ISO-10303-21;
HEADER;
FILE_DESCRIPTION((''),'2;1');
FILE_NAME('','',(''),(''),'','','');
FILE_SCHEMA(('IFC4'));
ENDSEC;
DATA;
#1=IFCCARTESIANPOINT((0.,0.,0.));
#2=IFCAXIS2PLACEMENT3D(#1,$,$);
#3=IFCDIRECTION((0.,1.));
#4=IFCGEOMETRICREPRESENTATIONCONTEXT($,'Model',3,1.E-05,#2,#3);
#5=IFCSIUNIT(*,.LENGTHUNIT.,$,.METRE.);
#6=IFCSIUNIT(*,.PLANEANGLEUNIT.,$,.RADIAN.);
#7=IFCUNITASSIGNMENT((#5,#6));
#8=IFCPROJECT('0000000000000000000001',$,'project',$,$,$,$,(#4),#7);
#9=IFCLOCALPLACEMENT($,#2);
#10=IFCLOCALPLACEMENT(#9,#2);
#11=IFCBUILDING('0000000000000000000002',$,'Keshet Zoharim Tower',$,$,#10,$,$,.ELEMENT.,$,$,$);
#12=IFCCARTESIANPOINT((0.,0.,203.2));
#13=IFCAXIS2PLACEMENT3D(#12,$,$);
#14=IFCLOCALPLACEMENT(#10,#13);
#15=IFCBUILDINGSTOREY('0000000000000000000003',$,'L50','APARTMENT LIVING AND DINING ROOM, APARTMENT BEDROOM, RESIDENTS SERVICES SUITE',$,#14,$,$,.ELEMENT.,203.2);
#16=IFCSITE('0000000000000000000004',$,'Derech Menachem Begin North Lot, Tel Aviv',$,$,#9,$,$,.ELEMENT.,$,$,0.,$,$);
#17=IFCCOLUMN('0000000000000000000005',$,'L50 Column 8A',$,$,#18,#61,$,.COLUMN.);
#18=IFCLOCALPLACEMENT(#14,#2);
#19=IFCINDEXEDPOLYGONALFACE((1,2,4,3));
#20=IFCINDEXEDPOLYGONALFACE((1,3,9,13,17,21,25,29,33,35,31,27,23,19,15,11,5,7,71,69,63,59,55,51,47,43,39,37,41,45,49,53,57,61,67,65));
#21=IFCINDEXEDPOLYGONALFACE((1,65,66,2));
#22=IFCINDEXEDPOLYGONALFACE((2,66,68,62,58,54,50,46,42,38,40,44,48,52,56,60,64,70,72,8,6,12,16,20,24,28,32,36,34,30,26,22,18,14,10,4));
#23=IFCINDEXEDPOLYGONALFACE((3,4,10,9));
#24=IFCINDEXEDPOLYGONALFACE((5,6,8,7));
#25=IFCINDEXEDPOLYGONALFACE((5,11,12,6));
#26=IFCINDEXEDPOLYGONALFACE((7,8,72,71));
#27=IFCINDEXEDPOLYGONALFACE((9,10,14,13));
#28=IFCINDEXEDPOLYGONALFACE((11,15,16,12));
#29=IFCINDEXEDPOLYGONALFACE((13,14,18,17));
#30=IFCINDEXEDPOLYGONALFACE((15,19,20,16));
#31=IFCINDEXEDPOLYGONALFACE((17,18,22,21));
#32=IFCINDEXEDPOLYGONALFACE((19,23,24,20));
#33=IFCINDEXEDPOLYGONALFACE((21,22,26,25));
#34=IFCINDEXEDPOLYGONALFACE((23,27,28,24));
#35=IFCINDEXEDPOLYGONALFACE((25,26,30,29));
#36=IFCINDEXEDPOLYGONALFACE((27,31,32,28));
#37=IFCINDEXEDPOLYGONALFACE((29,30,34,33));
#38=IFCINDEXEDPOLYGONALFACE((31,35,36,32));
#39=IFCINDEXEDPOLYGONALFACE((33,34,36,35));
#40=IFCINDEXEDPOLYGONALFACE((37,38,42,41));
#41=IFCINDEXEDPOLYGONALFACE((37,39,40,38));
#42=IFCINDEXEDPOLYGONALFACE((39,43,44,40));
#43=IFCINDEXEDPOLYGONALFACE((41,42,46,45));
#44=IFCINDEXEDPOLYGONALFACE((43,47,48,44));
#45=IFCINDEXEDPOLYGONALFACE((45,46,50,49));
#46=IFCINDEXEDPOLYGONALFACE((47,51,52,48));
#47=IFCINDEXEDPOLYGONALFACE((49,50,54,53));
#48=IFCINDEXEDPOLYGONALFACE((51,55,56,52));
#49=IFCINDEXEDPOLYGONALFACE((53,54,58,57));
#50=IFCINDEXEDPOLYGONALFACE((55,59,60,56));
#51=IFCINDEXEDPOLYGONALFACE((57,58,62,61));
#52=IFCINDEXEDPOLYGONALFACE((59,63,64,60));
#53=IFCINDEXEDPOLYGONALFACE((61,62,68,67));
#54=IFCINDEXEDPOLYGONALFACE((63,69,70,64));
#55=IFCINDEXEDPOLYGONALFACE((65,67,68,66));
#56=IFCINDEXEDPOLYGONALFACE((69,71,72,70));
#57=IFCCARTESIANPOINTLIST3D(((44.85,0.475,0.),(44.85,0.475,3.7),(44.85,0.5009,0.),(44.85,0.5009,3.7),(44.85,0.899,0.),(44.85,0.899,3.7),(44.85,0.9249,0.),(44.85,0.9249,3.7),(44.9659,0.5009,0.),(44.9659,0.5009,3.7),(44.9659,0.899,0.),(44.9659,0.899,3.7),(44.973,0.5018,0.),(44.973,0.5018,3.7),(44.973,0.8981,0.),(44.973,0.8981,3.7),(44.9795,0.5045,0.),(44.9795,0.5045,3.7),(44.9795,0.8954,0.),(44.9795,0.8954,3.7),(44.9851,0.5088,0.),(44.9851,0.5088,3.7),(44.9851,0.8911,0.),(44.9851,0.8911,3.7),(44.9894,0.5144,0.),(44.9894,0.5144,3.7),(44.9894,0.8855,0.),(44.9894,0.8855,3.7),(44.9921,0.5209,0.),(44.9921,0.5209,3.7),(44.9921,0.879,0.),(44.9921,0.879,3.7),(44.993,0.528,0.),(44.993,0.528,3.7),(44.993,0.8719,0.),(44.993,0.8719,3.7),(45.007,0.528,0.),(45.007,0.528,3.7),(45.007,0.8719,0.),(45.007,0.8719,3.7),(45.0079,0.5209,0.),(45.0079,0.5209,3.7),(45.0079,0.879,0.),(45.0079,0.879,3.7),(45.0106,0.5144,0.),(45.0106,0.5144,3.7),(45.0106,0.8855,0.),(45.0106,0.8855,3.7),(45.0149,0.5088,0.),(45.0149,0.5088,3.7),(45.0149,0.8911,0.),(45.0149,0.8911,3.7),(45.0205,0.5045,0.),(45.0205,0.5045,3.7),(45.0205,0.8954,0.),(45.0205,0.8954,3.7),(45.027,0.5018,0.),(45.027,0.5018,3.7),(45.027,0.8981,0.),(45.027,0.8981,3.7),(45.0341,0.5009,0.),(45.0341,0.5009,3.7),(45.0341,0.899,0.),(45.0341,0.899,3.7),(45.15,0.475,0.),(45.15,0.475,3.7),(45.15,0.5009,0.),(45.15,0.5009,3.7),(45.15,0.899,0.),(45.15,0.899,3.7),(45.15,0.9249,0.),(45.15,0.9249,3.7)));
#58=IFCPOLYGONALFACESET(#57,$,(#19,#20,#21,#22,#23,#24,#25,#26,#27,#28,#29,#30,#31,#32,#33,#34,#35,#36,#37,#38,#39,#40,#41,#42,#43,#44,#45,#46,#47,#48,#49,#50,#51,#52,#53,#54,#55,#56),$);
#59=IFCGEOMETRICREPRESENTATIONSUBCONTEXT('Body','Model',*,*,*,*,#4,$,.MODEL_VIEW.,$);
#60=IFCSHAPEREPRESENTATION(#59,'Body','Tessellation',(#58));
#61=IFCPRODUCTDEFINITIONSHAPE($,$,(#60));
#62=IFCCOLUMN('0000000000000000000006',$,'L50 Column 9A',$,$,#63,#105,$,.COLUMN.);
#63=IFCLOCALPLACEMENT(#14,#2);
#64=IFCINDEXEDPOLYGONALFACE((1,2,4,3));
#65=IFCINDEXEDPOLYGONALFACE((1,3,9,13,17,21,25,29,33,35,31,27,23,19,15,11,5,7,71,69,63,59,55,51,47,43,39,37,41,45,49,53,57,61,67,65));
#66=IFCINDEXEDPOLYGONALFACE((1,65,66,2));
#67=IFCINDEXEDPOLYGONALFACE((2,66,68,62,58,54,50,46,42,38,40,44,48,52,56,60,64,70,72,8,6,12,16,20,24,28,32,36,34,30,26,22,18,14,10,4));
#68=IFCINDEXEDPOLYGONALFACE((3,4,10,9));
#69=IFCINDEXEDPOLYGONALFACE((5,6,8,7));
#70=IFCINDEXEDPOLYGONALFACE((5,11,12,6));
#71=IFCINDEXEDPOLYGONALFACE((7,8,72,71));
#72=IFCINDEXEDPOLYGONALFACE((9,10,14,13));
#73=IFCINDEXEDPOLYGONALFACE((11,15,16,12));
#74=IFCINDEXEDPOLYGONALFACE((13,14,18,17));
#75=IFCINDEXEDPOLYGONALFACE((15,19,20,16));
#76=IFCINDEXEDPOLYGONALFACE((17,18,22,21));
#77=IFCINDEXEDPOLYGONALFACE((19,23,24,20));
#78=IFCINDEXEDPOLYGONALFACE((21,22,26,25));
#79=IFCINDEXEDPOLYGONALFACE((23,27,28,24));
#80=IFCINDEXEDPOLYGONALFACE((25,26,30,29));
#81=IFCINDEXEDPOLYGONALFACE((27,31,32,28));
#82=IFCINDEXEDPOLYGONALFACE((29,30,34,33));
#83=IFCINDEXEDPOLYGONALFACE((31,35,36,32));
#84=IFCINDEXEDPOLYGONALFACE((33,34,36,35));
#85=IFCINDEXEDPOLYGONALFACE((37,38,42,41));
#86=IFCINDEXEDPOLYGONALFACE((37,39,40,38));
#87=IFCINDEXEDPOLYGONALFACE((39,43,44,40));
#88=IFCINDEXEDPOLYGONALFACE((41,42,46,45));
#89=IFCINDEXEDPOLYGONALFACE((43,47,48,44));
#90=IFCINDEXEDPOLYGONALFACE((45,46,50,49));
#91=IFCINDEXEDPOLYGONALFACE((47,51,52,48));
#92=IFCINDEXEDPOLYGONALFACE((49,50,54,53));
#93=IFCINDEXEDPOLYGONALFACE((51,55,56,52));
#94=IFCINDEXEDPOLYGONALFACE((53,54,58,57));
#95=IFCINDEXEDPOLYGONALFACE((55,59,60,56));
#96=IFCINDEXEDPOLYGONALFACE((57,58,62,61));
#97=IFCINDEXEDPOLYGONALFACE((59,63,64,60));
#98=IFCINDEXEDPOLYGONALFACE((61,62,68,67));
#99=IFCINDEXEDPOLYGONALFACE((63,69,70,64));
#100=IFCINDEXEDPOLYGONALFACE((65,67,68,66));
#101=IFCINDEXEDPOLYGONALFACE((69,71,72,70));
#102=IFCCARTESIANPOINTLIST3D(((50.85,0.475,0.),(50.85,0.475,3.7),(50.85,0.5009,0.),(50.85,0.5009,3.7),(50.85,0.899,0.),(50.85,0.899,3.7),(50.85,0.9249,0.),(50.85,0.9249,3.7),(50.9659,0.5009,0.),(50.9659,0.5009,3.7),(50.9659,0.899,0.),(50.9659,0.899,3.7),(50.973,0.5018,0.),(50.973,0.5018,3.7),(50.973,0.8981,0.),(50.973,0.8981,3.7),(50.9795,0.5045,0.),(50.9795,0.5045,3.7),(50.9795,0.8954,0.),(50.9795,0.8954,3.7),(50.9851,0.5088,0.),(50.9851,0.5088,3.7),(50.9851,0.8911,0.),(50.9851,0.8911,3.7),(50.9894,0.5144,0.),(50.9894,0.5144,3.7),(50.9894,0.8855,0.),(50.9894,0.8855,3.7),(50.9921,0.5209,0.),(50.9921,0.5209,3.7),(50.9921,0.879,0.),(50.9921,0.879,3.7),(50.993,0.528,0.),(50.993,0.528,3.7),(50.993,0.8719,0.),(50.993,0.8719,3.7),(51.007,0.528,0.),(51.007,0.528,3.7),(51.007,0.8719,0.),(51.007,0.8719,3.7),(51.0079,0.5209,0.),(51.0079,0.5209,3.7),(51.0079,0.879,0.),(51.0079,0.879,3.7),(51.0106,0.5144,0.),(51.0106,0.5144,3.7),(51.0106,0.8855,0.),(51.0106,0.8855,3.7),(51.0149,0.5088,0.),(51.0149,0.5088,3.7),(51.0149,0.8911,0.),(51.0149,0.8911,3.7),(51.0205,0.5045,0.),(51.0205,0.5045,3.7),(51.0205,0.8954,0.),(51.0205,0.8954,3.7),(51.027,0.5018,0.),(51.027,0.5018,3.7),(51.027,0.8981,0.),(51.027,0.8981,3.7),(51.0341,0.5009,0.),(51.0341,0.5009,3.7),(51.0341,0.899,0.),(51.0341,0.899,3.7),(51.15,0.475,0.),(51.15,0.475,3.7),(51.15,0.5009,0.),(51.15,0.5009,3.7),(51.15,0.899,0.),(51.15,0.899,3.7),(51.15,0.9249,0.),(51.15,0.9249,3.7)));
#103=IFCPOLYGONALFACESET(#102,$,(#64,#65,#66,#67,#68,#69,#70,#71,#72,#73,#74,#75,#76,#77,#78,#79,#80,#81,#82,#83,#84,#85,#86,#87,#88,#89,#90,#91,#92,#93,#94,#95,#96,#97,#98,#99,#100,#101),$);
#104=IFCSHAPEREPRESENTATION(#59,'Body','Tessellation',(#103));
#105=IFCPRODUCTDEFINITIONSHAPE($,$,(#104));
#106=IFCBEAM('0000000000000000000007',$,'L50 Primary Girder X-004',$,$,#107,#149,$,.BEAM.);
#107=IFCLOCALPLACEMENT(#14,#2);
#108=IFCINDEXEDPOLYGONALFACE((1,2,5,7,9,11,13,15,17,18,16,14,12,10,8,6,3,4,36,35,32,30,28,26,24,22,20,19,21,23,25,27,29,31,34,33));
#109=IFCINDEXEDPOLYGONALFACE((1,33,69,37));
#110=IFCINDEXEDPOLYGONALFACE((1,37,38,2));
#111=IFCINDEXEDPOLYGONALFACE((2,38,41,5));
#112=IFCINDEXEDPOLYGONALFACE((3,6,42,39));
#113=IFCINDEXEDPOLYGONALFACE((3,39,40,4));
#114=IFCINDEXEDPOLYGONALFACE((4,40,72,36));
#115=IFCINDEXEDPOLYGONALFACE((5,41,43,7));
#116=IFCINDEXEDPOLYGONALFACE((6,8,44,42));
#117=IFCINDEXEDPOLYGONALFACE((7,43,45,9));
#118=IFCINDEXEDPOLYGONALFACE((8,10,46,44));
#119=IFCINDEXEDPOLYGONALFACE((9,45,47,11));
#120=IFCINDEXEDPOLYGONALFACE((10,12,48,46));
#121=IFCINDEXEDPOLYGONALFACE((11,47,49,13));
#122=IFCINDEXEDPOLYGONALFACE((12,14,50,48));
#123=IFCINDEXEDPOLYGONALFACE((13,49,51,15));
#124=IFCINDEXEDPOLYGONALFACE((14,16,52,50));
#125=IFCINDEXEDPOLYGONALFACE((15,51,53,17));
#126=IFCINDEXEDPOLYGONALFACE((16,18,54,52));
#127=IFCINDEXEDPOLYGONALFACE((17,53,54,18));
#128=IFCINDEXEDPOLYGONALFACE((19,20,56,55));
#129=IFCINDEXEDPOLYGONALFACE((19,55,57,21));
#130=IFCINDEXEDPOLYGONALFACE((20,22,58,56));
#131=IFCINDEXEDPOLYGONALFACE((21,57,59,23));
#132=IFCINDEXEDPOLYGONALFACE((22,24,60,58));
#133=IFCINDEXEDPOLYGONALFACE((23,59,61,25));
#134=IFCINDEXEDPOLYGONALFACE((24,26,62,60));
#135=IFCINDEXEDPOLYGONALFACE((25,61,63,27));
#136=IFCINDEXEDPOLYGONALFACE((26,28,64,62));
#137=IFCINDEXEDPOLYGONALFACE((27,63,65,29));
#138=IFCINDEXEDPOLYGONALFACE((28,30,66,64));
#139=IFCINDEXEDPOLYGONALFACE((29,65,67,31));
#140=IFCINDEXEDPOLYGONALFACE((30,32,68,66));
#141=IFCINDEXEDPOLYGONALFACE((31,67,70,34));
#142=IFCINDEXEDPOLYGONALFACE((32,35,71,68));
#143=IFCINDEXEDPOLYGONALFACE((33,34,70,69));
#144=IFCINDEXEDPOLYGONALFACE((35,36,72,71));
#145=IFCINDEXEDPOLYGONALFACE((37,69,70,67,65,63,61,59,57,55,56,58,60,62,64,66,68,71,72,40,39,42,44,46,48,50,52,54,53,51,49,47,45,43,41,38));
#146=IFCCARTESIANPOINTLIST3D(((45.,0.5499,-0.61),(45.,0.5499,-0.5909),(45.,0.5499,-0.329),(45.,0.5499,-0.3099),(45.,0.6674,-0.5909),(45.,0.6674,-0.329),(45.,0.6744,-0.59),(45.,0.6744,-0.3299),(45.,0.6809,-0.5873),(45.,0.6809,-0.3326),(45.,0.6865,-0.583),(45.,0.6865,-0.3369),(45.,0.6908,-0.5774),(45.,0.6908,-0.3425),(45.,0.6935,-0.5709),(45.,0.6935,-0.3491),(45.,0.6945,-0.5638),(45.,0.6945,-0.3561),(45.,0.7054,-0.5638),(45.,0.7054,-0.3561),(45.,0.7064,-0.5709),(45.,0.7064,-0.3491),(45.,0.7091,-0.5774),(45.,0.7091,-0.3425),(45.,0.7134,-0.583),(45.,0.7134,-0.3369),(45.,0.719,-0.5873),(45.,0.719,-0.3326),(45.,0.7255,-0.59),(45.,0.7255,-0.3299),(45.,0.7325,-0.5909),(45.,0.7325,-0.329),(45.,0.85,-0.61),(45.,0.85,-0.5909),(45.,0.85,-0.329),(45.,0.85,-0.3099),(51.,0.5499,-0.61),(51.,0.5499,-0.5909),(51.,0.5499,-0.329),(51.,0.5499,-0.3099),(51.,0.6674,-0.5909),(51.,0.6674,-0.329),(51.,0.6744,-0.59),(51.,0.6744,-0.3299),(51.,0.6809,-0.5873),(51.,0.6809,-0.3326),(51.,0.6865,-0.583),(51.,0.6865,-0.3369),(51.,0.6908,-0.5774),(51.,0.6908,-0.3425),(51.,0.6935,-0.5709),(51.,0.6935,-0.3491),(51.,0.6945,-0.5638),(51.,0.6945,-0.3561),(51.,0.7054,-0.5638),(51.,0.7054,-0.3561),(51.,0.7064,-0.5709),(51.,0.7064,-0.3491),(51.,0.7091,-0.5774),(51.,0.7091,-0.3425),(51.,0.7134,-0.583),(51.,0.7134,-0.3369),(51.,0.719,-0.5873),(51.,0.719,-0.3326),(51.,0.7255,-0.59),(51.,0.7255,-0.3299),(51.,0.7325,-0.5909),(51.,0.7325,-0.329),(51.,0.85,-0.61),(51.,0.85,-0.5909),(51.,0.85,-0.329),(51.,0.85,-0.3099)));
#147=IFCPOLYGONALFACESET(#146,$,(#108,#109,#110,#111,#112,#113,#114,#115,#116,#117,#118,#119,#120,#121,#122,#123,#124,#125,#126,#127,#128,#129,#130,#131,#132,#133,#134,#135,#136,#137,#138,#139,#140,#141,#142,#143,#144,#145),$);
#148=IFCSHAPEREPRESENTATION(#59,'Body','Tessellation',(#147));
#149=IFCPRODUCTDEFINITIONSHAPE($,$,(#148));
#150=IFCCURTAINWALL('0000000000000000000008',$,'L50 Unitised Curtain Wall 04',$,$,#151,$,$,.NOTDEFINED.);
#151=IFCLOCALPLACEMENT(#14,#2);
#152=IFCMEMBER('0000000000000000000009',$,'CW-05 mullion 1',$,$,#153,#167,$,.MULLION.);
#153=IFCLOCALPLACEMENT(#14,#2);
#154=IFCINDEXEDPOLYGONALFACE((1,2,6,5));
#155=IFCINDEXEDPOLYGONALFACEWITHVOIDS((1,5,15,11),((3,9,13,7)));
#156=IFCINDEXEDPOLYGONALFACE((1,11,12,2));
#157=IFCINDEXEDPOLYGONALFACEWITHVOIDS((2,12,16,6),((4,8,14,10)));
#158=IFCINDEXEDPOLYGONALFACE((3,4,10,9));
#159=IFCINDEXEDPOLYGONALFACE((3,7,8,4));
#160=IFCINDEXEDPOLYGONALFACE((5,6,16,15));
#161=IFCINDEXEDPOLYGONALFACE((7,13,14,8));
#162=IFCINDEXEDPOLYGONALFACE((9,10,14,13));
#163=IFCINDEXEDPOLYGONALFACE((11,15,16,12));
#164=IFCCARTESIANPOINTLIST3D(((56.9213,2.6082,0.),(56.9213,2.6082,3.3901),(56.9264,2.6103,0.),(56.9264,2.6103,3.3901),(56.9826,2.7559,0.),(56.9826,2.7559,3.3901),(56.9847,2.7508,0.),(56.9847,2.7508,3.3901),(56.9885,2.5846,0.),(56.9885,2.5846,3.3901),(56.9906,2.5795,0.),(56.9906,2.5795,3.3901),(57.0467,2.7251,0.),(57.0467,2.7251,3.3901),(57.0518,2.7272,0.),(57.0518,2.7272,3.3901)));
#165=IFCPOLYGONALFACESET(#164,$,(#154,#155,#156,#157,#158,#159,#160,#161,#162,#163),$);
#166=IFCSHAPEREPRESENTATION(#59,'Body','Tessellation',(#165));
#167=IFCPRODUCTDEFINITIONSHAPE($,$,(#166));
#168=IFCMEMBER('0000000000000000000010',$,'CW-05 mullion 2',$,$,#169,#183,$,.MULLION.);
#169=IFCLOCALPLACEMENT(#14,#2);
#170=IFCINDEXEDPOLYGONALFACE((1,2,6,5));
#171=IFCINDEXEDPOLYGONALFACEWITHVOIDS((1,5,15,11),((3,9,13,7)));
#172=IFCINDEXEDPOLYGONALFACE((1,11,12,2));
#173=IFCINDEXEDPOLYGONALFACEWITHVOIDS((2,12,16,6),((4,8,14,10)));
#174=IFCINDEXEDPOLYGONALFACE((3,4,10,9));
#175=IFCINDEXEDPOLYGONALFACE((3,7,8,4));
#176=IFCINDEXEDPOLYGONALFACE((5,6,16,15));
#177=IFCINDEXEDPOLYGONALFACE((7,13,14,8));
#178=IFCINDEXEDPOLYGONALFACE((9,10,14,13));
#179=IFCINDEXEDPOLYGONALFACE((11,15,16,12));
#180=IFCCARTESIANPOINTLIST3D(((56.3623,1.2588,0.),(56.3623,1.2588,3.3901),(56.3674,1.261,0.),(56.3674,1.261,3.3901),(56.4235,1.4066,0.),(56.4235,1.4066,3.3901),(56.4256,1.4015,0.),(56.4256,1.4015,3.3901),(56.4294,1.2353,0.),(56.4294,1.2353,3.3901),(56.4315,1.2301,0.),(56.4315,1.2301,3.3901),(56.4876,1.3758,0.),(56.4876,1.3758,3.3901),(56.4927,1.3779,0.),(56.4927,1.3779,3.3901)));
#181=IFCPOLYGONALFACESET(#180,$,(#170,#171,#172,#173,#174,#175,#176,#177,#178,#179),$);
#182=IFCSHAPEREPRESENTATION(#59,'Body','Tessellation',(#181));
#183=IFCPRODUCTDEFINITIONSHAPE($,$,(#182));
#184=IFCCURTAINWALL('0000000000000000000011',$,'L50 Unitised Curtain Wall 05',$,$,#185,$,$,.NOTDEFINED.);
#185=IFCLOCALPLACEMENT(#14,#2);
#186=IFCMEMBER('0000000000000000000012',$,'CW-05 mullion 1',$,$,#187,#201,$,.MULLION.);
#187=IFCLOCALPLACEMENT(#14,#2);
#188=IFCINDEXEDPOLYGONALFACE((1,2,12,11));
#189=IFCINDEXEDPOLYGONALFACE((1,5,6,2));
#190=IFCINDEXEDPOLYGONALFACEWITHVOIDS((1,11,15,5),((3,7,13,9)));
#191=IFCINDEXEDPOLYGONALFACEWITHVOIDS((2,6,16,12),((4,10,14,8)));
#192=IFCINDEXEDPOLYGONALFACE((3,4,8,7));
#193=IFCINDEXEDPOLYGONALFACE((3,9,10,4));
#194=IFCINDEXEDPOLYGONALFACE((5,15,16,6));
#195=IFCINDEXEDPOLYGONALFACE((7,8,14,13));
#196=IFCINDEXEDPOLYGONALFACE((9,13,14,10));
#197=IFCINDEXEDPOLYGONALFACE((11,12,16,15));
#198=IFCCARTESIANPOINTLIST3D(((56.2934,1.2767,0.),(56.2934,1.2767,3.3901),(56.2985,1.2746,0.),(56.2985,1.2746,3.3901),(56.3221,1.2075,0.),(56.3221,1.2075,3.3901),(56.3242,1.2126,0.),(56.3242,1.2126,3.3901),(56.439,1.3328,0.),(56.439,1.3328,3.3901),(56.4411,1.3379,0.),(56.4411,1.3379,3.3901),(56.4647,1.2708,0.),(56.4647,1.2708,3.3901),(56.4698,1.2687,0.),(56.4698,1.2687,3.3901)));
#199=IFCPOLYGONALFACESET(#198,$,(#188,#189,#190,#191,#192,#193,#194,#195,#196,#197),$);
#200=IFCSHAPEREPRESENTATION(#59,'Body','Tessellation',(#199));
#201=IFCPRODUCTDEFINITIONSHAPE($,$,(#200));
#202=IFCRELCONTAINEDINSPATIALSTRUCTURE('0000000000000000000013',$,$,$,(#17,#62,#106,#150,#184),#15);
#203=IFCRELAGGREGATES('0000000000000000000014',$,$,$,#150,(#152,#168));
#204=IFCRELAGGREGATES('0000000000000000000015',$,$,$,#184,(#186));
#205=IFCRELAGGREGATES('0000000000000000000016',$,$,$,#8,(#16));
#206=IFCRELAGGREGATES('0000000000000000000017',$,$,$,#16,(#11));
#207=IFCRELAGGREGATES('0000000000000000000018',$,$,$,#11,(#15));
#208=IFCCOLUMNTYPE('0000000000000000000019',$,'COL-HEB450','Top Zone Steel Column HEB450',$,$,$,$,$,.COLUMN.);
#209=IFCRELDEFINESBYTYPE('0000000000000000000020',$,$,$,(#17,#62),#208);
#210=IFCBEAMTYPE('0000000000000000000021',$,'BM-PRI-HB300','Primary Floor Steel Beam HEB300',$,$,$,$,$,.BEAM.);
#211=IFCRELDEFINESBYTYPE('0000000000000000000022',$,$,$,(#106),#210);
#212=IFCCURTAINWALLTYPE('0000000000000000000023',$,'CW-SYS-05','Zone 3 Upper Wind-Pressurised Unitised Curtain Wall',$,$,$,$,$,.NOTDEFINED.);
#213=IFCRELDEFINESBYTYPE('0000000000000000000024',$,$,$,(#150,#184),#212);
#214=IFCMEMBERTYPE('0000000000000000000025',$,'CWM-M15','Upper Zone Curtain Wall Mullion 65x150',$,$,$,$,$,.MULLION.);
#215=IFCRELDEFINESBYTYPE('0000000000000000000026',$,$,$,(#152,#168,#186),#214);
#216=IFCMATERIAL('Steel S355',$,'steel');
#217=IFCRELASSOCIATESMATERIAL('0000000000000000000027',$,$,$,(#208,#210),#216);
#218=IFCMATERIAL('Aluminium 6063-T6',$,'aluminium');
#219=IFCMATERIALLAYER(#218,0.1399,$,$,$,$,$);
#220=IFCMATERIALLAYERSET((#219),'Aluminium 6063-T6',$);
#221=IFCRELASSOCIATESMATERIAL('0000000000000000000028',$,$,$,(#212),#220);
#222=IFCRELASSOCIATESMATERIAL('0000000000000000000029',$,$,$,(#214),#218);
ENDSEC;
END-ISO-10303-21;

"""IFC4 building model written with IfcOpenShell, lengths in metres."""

from ifc_helpers import new_model, si_unit, direction, frame, origin, origin_2d, place, context, subcontext, project, spatial, hollow_rectangle, i_section, extrude, material, layer, layer_set, material_profile, profile_set, type_object, element, aggregate, save


model = new_model("IFC4")

# Units and contexts
model_context = context("Model", 3, precision=1e-05, world=origin(), true_north=direction((0.0, 1.0)))
body_context = subcontext(model_context, "Body", "Model", "MODEL_VIEW")
ifc_project = project(units=[si_unit("LENGTHUNIT", "METRE"), si_unit("PLANEANGLEUNIT", "RADIAN")], contexts=[model_context])

# Site, building, storey
site_placement = place(None, origin())
site = spatial("IfcSite", under=ifc_project, at=site_placement, Name="Derech Menachem Begin North Lot, Tel Aviv", CompositionType="ELEMENT", RefElevation=0.0)
building_placement = place(site_placement, origin())
building = spatial("IfcBuilding", under=site, at=building_placement, Name="Keshet Zoharim Tower", CompositionType="ELEMENT")
storey_placement = place(building_placement, frame((0.0, 0.0, 203.2)))
storey = spatial("IfcBuildingStorey", under=building, at=storey_placement, Name="L50", Description="APARTMENT LIVING AND DINING ROOM, APARTMENT BEDROOM, RESIDENTS SERVICES SUITE", CompositionType="ELEMENT", Elevation=203.2)

# Columns
ifc_material_1 = material(Name="Steel S355", Category="steel")
ifc_material_profile_1 = material_profile(ifc_material_1, i_section(OverallWidth=0.3, OverallDepth=0.45, WebThickness=0.0139, FlangeThickness=0.0259, FilletRadius=0.0271, at=origin_2d()), Name="HEB450")
ifc_profile_set_1 = profile_set([ifc_material_profile_1], Name="Steel S355")
column_type = type_object("IfcColumnType", Name="COL-HEB450", Description="Top Zone Steel Column HEB450", PredefinedType="COLUMN", material=ifc_profile_set_1)
for number, where, z_axis, x_axis, name in (
    (1, (45.0, 0.7, 0.0), (0.0, 0.0, 1.0), (1.0, 0.0, 0.0), "L50 Column 8A"),
    (2, (51.0, 0.7, 0.0), (0.0, 0.0, 1.0), (1.0, 0.0, 0.0), "L50 Column 9A"),
):
    element("IfcColumn", number, at=place(storey_placement, frame(where, z_axis=z_axis, x_axis=x_axis)), inside=storey, type_object=column_type, Name=name, PredefinedType="COLUMN", context=body_context, shape_type="SweptSolid", body=[
        extrude(i_section(OverallWidth=0.3, OverallDepth=0.45, WebThickness=0.0139, FlangeThickness=0.0259, FilletRadius=0.0271, at=origin_2d()), origin(), (0.0, 0.0, 1.0), 3.7),
    ])

# Beam
ifc_material_profile_2 = material_profile(ifc_material_1, i_section(OverallWidth=0.3, OverallDepth=0.3, WebThickness=0.011, FlangeThickness=0.019, FilletRadius=0.0271, at=origin_2d()), Name="HEB300")
ifc_profile_set_2 = profile_set([ifc_material_profile_2], Name="Steel S355")
beam_type = type_object("IfcBeamType", Name="BM-PRI-HB300", Description="Primary Floor Steel Beam HEB300", PredefinedType="BEAM", material=ifc_profile_set_2)
beam_placement = place(storey_placement, frame((45.0, 0.7, -0.46), z_axis=(1.0, 0.0, 0.0), x_axis=(0.0, 1.0, 0.0)))
element("IfcBeam", 3, at=beam_placement, inside=storey, type_object=beam_type, Name="L50 Primary Girder X-004", PredefinedType="BEAM", context=body_context, shape_type="SweptSolid", body=[
    extrude(i_section(OverallWidth=0.3, OverallDepth=0.3, WebThickness=0.011, FlangeThickness=0.019, FilletRadius=0.0271, at=origin_2d()), origin(), (0.0, 0.0, 1.0), 6.0),
])

# Curtain walls, members
ifc_material_2 = material(Name="Aluminium 6063-T6", Category="aluminium")
ifc_layer_1 = layer(ifc_material_2, 0.1399)
ifc_layer_set_1 = layer_set([ifc_layer_1], Name="Aluminium 6063-T6")
curtain_wall_type = type_object("IfcCurtainWallType", Name="CW-SYS-05", Description="Zone 3 Upper Wind-Pressurised Unitised Curtain Wall", PredefinedType="NOTDEFINED", material=ifc_layer_set_1)
curtain_wall_1_placement = place(storey_placement, origin())
curtain_wall_1 = element("IfcCurtainWall", 4, at=curtain_wall_1_placement, inside=storey, type_object=curtain_wall_type, Name="L50 Unitised Curtain Wall 04", PredefinedType="NOTDEFINED")
ifc_material_profile_3 = material_profile(ifc_material_2, hollow_rectangle(XDim=0.075, YDim=0.1599, WallThickness=0.0039, at=origin_2d()), Name="MUL-75x160")
ifc_profile_set_3 = profile_set([ifc_material_profile_3], Name="Aluminium 6063-T6")
member_type_1 = type_object("IfcMemberType", Name="CWM-M15", Description="Upper Zone Curtain Wall Mullion 65x150", PredefinedType="MULLION", material=ifc_profile_set_3)
member_1_placement = place(storey_placement, frame((56.9866, 2.6677, 0.0), z_axis=(0.0, 0.0, 1.0), x_axis=(0.92381, -0.382852, 0.0)))
member_1 = element("IfcMember", 5, at=member_1_placement, type_object=member_type_1, Name="CW-05 mullion 1", PredefinedType="MULLION", context=body_context, shape_type="SweptSolid", body=[
    extrude(hollow_rectangle(XDim=0.075, YDim=0.1599, WallThickness=0.0039, at=origin_2d()), origin(), (0.0, 0.0, 1.0), 3.3901),
])
member_2_placement = place(storey_placement, frame((56.4275, 1.3184, 0.0), z_axis=(0.0, 0.0, 1.0), x_axis=(0.92381, -0.382852, 0.0)))
member_2 = element("IfcMember", 6, at=member_2_placement, type_object=member_type_1, Name="CW-05 mullion 2", PredefinedType="MULLION", context=body_context, shape_type="SweptSolid", body=[
    extrude(hollow_rectangle(XDim=0.075, YDim=0.1599, WallThickness=0.0039, at=origin_2d()), origin(), (0.0, 0.0, 1.0), 3.3901),
])
curtain_wall_2_placement = place(storey_placement, origin())
curtain_wall_2 = element("IfcCurtainWall", 7, at=curtain_wall_2_placement, inside=storey, type_object=curtain_wall_type, Name="L50 Unitised Curtain Wall 05", PredefinedType="NOTDEFINED")
member_3_placement = place(storey_placement, frame((56.3816, 1.2727, 0.0), z_axis=(0.0, 0.0, 1.0), x_axis=(0.382852, -0.92381, 0.0)))
member_3 = element("IfcMember", 8, at=member_3_placement, type_object=member_type_1, Name="CW-05 mullion 1", PredefinedType="MULLION", context=body_context, shape_type="SweptSolid", body=[
    extrude(hollow_rectangle(XDim=0.075, YDim=0.1599, WallThickness=0.0039, at=origin_2d()), origin(), (0.0, 0.0, 1.0), 3.3901),
])

aggregate(curtain_wall_1, [member_1, member_2])
aggregate(curtain_wall_2, [member_3])

save(model, "model.ifc")
